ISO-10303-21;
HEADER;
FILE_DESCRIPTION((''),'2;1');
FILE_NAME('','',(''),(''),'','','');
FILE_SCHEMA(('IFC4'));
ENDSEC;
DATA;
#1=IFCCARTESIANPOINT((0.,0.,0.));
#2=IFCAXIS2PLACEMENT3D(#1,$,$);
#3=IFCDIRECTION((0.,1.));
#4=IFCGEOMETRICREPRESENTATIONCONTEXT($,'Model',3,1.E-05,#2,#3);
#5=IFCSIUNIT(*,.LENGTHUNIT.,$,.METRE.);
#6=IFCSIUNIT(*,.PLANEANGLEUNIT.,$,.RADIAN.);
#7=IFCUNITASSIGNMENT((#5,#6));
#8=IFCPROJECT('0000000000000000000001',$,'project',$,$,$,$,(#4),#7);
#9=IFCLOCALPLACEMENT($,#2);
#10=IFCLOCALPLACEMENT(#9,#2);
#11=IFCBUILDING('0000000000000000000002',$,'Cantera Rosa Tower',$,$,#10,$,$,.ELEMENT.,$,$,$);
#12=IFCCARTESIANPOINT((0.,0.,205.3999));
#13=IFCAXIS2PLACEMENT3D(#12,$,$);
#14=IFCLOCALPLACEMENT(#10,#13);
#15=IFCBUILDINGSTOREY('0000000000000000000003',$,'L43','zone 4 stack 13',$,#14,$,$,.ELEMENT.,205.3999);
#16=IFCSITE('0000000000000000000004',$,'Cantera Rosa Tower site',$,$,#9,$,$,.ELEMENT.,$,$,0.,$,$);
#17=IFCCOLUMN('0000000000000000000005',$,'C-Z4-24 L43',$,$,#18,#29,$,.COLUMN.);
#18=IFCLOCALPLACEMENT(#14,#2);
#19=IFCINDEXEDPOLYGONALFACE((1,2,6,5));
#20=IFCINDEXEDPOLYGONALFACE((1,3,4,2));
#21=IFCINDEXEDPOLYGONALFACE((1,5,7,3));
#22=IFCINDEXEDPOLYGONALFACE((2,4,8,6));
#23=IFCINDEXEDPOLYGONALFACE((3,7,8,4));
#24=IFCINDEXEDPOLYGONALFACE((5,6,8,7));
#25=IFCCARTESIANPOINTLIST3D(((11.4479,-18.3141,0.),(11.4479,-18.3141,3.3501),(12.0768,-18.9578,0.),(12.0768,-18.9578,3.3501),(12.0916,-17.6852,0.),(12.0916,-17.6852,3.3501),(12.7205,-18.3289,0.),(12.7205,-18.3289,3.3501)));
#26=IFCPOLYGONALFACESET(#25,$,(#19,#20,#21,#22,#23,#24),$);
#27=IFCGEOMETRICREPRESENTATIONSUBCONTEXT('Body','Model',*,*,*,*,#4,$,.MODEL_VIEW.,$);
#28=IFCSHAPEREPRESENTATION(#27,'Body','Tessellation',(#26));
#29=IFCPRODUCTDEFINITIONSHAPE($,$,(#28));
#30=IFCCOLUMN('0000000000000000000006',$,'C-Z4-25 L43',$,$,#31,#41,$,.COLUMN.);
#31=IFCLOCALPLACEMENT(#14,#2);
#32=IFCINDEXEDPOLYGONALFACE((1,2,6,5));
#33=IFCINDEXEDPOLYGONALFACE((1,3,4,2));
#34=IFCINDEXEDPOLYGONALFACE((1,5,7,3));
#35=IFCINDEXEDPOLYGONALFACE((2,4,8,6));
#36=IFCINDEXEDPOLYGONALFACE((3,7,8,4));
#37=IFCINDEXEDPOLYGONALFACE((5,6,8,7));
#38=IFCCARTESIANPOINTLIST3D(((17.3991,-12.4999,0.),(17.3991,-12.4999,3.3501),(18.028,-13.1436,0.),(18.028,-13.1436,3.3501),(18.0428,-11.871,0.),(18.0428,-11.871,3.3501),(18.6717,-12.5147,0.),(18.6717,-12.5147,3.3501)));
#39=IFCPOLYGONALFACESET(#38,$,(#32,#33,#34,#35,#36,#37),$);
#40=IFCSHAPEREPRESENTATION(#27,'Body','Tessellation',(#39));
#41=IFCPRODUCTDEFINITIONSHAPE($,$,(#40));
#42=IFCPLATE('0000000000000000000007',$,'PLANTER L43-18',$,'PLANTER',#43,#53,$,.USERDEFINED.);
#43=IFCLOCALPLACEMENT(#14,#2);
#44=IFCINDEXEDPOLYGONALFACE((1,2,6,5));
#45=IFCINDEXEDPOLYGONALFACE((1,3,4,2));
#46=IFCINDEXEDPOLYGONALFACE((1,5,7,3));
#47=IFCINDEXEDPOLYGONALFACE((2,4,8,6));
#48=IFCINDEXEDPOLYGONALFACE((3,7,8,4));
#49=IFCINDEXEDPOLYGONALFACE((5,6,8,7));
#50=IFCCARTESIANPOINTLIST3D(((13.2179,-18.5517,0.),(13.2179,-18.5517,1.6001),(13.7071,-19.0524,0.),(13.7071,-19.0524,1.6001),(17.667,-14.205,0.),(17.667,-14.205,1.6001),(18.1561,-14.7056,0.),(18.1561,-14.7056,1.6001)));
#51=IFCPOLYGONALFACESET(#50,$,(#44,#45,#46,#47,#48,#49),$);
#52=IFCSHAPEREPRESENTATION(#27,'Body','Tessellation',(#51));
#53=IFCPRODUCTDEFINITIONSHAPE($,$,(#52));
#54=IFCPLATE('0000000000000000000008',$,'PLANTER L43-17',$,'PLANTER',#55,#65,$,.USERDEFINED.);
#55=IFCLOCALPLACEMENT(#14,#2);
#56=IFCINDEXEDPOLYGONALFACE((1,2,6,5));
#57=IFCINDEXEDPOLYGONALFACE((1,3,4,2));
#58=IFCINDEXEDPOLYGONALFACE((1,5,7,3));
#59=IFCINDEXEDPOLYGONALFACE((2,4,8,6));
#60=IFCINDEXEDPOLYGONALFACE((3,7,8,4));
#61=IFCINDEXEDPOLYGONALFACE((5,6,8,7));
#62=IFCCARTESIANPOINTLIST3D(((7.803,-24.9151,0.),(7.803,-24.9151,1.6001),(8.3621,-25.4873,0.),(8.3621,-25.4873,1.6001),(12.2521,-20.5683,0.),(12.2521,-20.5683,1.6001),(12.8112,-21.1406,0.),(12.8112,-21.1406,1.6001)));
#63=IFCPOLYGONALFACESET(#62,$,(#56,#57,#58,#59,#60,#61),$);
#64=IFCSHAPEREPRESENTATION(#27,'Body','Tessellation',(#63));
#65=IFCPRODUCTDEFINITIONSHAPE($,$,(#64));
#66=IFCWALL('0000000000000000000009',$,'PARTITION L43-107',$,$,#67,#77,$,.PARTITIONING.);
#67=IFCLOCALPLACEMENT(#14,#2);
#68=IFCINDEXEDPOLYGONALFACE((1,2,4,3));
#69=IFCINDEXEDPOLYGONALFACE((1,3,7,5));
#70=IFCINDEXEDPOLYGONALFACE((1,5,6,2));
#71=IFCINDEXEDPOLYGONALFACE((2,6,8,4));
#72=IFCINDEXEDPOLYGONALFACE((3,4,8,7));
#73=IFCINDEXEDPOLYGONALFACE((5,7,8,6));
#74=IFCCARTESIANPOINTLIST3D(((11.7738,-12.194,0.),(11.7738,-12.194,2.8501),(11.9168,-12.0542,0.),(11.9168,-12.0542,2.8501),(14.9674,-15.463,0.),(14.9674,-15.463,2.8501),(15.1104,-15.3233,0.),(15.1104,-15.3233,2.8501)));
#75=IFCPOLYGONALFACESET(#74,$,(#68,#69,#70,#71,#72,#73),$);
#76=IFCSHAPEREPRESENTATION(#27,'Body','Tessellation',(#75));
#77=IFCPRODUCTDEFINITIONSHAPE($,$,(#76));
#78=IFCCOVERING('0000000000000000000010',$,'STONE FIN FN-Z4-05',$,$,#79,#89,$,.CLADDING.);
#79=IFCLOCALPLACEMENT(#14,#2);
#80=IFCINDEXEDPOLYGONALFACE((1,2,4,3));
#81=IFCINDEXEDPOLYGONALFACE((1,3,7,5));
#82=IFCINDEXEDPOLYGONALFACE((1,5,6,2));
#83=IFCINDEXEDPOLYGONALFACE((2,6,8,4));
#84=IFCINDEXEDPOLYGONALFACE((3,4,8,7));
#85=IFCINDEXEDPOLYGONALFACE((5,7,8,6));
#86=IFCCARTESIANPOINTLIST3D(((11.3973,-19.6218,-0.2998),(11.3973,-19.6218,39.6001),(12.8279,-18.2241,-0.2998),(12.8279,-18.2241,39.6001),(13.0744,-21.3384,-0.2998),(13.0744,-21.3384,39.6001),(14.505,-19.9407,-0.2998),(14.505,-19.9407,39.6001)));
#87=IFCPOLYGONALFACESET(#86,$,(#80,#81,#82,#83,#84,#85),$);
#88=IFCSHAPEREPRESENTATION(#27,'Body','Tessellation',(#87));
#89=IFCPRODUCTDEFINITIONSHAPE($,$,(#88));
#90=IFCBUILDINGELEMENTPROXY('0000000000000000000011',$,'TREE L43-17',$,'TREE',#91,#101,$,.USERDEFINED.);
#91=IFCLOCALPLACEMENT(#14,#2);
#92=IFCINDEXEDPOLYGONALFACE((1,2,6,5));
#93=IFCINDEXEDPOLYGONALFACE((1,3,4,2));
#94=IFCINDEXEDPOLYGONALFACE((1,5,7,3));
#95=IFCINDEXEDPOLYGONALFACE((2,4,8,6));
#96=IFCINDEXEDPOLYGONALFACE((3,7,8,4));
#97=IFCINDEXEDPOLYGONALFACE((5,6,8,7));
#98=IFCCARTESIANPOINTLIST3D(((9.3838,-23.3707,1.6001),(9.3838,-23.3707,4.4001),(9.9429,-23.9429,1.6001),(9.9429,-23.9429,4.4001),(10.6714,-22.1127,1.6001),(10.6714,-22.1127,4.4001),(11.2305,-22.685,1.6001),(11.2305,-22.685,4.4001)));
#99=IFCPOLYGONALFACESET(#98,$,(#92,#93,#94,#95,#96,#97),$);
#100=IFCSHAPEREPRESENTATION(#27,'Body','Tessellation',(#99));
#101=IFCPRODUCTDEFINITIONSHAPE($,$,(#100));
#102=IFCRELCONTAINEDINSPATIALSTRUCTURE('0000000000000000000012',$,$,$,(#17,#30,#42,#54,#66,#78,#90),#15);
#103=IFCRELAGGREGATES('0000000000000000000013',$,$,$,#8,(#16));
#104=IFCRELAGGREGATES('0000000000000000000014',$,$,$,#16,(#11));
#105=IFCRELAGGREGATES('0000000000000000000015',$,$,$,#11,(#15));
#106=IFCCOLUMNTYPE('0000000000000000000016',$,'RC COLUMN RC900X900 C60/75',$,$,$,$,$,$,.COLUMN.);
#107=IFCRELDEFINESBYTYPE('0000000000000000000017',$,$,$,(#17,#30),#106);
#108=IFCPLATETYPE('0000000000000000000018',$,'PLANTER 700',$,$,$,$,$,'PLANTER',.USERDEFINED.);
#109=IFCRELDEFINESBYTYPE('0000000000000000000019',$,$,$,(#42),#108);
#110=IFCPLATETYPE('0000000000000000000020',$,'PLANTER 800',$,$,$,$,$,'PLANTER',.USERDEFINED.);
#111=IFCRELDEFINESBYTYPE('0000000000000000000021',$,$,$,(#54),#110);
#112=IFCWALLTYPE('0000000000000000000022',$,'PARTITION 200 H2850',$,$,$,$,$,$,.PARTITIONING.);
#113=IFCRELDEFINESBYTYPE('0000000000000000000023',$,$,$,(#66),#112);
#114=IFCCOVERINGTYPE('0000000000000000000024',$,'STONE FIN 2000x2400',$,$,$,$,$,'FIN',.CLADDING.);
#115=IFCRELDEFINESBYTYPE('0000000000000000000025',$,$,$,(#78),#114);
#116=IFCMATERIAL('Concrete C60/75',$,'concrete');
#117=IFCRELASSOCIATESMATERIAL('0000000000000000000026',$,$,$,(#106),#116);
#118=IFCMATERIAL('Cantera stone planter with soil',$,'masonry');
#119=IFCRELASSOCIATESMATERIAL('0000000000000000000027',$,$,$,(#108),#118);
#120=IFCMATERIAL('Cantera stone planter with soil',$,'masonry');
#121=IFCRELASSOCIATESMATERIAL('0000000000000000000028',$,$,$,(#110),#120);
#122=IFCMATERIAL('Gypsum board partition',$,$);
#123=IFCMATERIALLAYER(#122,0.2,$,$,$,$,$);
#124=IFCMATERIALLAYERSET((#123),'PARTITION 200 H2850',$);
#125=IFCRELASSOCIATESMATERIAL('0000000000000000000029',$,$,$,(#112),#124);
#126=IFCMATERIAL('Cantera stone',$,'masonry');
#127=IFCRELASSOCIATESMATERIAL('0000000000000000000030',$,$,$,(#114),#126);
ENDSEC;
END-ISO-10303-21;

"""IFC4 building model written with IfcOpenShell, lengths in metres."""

from ifc_helpers import new_model, si_unit, direction, frame, frame_2d, origin, origin_2d, place, context, subcontext, project, spatial, rectangle, extrude, material, layer, layer_set, material_profile, profile_set, type_object, element, save


model = new_model("IFC4")

# Units and contexts
model_context = context("Model", 3, precision=1e-05, world=origin(), true_north=direction((0.0, 1.0)))
body_context = subcontext(model_context, "Body", "Model", "MODEL_VIEW")
ifc_project = project(units=[si_unit("LENGTHUNIT", "METRE"), si_unit("PLANEANGLEUNIT", "RADIAN")], contexts=[model_context])

# Site, building, storey
site_placement = place(None, origin())
site = spatial("IfcSite", under=ifc_project, at=site_placement, Name="Cantera Rosa Tower site", CompositionType="ELEMENT", RefElevation=0.0)
building_placement = place(site_placement, origin())
building = spatial("IfcBuilding", under=site, at=building_placement, Name="Cantera Rosa Tower", CompositionType="ELEMENT")
storey_placement = place(building_placement, frame((0.0, 0.0, 205.3999)))
storey = spatial("IfcBuildingStorey", under=building, at=storey_placement, Name="L43", Description="zone 4 stack 13", CompositionType="ELEMENT", Elevation=205.3999)

# Columns
ifc_material_1 = material(Name="Concrete C60/75", Category="concrete")
ifc_material_profile = material_profile(ifc_material_1, rectangle(XDim=0.8999, YDim=0.8999, at=origin_2d()), Name="RC COLUMN RC900X900 C60/75")
ifc_profile_set = profile_set([ifc_material_profile], Name="Concrete C60/75")
column_type = type_object("IfcColumnType", Name="RC COLUMN RC900X900 C60/75", PredefinedType="COLUMN", material=ifc_profile_set)
for number, where, z_axis, x_axis, name in (
    (1, (12.0842, -18.3215, 0.0), (0.0, 0.0, 1.0), (0.715286, 0.698832, 0.0), "C-Z4-24 L43"),
    (2, (18.0354, -12.5073, 0.0), (0.0, 0.0, 1.0), (0.715286, 0.698832, 0.0), "C-Z4-25 L43"),
):
    element("IfcColumn", number, at=place(storey_placement, frame(where, z_axis=z_axis, x_axis=x_axis)), inside=storey, type_object=column_type, Name=name, PredefinedType="COLUMN", context=body_context, shape_type="SweptSolid", body=[
        extrude(rectangle(XDim=0.8999, YDim=0.8999, at=origin_2d()), origin(), (0.0, 0.0, 1.0), 3.3501),
    ])

# Plates
ifc_material_2 = material(Name="Cantera stone planter with soil", Category="masonry")
plate_type_1 = type_object("IfcPlateType", Name="PLANTER 700", ElementType="PLANTER", PredefinedType="USERDEFINED", material=ifc_material_2)
plate_1_placement = place(storey_placement, frame((15.687, -16.6287, 0.0), z_axis=(0.0, 0.0, 1.0), x_axis=(0.715286, 0.698832, 0.0)))
element("IfcPlate", 3, at=plate_1_placement, inside=storey, type_object=plate_type_1, Name="PLANTER L43-18", ObjectType="PLANTER", PredefinedType="USERDEFINED", context=body_context, shape_type="SweptSolid", body=[
    extrude(rectangle(XDim=6.22, YDim=0.7, at=origin_2d()), origin(), (0.0, 0.0, 1.0), 1.6001),
])
ifc_material_3 = material(Name="Cantera stone planter with soil", Category="masonry")
plate_type_2 = type_object("IfcPlateType", Name="PLANTER 800", ElementType="PLANTER", PredefinedType="USERDEFINED", material=ifc_material_3)
plate_2_placement = place(storey_placement, frame((10.3071, -23.0278, 0.0), z_axis=(0.0, 0.0, 1.0), x_axis=(0.715286, 0.698832, 0.0)))
element("IfcPlate", 4, at=plate_2_placement, inside=storey, type_object=plate_type_2, Name="PLANTER L43-17", ObjectType="PLANTER", PredefinedType="USERDEFINED", context=body_context, shape_type="SweptSolid", body=[
    extrude(rectangle(XDim=6.22, YDim=0.8, at=origin_2d()), origin(), (0.0, 0.0, 1.0), 1.6001),
])

# Wall
ifc_material_4 = material(Name="Gypsum board partition")
ifc_layer_1 = layer(ifc_material_4, 0.2)
ifc_layer_set_1 = layer_set([ifc_layer_1], Name="PARTITION 200 H2850")
wall_type_1 = type_object("IfcWallType", Name="PARTITION 200 H2850", PredefinedType="PARTITIONING", material=ifc_layer_set_1)
wall_1_placement = place(storey_placement, frame((11.8452, -12.124, 0.0), z_axis=(0.0, 0.0, 1.0), x_axis=(0.698805, -0.715312, 0.0)))
element("IfcWall", 5, at=wall_1_placement, inside=storey, type_object=wall_type_1, Name="PARTITION L43-107", PredefinedType="PARTITIONING", context=body_context, shape_type="SweptSolid", body=[
    extrude(rectangle(XDim=4.5701, YDim=0.2, at=frame_2d((2.2852, 0.0))), origin(), (0.0, 0.0, 1.0), 2.8501),
])

# Covering
ifc_material_5 = material(Name="Cantera stone", Category="masonry")
covering_type = type_object("IfcCoveringType", Name="STONE FIN 2000x2400", ElementType="FIN", PredefinedType="CLADDING", material=ifc_material_5)
covering_placement = place(storey_placement, frame((12.9512, -19.7812, -0.2998), z_axis=(0.0, 0.0, 1.0), x_axis=(0.715286, 0.698832, 0.0)))
element("IfcCovering", 6, at=covering_placement, inside=storey, type_object=covering_type, Name="STONE FIN FN-Z4-05", PredefinedType="CLADDING", context=body_context, shape_type="SweptSolid", body=[
    extrude(rectangle(XDim=2.0, YDim=2.3999, at=origin_2d()), origin(), (0.0, 0.0, 1.0), 39.8999),
])

# Building element proxy
proxy_placement = place(storey_placement, frame((10.3071, -23.0278, 1.6001), z_axis=(0.0, 0.0, 1.0), x_axis=(0.715286, 0.698832, 0.0)))
element("IfcBuildingElementProxy", 7, at=proxy_placement, inside=storey, Name="TREE L43-17", ObjectType="TREE", PredefinedType="USERDEFINED", context=body_context, shape_type="SweptSolid", body=[
    extrude(rectangle(XDim=1.8, YDim=0.8, at=origin_2d()), origin(), (0.0, 0.0, 1.0), 2.8),
])

save(model, "model.ifc")
